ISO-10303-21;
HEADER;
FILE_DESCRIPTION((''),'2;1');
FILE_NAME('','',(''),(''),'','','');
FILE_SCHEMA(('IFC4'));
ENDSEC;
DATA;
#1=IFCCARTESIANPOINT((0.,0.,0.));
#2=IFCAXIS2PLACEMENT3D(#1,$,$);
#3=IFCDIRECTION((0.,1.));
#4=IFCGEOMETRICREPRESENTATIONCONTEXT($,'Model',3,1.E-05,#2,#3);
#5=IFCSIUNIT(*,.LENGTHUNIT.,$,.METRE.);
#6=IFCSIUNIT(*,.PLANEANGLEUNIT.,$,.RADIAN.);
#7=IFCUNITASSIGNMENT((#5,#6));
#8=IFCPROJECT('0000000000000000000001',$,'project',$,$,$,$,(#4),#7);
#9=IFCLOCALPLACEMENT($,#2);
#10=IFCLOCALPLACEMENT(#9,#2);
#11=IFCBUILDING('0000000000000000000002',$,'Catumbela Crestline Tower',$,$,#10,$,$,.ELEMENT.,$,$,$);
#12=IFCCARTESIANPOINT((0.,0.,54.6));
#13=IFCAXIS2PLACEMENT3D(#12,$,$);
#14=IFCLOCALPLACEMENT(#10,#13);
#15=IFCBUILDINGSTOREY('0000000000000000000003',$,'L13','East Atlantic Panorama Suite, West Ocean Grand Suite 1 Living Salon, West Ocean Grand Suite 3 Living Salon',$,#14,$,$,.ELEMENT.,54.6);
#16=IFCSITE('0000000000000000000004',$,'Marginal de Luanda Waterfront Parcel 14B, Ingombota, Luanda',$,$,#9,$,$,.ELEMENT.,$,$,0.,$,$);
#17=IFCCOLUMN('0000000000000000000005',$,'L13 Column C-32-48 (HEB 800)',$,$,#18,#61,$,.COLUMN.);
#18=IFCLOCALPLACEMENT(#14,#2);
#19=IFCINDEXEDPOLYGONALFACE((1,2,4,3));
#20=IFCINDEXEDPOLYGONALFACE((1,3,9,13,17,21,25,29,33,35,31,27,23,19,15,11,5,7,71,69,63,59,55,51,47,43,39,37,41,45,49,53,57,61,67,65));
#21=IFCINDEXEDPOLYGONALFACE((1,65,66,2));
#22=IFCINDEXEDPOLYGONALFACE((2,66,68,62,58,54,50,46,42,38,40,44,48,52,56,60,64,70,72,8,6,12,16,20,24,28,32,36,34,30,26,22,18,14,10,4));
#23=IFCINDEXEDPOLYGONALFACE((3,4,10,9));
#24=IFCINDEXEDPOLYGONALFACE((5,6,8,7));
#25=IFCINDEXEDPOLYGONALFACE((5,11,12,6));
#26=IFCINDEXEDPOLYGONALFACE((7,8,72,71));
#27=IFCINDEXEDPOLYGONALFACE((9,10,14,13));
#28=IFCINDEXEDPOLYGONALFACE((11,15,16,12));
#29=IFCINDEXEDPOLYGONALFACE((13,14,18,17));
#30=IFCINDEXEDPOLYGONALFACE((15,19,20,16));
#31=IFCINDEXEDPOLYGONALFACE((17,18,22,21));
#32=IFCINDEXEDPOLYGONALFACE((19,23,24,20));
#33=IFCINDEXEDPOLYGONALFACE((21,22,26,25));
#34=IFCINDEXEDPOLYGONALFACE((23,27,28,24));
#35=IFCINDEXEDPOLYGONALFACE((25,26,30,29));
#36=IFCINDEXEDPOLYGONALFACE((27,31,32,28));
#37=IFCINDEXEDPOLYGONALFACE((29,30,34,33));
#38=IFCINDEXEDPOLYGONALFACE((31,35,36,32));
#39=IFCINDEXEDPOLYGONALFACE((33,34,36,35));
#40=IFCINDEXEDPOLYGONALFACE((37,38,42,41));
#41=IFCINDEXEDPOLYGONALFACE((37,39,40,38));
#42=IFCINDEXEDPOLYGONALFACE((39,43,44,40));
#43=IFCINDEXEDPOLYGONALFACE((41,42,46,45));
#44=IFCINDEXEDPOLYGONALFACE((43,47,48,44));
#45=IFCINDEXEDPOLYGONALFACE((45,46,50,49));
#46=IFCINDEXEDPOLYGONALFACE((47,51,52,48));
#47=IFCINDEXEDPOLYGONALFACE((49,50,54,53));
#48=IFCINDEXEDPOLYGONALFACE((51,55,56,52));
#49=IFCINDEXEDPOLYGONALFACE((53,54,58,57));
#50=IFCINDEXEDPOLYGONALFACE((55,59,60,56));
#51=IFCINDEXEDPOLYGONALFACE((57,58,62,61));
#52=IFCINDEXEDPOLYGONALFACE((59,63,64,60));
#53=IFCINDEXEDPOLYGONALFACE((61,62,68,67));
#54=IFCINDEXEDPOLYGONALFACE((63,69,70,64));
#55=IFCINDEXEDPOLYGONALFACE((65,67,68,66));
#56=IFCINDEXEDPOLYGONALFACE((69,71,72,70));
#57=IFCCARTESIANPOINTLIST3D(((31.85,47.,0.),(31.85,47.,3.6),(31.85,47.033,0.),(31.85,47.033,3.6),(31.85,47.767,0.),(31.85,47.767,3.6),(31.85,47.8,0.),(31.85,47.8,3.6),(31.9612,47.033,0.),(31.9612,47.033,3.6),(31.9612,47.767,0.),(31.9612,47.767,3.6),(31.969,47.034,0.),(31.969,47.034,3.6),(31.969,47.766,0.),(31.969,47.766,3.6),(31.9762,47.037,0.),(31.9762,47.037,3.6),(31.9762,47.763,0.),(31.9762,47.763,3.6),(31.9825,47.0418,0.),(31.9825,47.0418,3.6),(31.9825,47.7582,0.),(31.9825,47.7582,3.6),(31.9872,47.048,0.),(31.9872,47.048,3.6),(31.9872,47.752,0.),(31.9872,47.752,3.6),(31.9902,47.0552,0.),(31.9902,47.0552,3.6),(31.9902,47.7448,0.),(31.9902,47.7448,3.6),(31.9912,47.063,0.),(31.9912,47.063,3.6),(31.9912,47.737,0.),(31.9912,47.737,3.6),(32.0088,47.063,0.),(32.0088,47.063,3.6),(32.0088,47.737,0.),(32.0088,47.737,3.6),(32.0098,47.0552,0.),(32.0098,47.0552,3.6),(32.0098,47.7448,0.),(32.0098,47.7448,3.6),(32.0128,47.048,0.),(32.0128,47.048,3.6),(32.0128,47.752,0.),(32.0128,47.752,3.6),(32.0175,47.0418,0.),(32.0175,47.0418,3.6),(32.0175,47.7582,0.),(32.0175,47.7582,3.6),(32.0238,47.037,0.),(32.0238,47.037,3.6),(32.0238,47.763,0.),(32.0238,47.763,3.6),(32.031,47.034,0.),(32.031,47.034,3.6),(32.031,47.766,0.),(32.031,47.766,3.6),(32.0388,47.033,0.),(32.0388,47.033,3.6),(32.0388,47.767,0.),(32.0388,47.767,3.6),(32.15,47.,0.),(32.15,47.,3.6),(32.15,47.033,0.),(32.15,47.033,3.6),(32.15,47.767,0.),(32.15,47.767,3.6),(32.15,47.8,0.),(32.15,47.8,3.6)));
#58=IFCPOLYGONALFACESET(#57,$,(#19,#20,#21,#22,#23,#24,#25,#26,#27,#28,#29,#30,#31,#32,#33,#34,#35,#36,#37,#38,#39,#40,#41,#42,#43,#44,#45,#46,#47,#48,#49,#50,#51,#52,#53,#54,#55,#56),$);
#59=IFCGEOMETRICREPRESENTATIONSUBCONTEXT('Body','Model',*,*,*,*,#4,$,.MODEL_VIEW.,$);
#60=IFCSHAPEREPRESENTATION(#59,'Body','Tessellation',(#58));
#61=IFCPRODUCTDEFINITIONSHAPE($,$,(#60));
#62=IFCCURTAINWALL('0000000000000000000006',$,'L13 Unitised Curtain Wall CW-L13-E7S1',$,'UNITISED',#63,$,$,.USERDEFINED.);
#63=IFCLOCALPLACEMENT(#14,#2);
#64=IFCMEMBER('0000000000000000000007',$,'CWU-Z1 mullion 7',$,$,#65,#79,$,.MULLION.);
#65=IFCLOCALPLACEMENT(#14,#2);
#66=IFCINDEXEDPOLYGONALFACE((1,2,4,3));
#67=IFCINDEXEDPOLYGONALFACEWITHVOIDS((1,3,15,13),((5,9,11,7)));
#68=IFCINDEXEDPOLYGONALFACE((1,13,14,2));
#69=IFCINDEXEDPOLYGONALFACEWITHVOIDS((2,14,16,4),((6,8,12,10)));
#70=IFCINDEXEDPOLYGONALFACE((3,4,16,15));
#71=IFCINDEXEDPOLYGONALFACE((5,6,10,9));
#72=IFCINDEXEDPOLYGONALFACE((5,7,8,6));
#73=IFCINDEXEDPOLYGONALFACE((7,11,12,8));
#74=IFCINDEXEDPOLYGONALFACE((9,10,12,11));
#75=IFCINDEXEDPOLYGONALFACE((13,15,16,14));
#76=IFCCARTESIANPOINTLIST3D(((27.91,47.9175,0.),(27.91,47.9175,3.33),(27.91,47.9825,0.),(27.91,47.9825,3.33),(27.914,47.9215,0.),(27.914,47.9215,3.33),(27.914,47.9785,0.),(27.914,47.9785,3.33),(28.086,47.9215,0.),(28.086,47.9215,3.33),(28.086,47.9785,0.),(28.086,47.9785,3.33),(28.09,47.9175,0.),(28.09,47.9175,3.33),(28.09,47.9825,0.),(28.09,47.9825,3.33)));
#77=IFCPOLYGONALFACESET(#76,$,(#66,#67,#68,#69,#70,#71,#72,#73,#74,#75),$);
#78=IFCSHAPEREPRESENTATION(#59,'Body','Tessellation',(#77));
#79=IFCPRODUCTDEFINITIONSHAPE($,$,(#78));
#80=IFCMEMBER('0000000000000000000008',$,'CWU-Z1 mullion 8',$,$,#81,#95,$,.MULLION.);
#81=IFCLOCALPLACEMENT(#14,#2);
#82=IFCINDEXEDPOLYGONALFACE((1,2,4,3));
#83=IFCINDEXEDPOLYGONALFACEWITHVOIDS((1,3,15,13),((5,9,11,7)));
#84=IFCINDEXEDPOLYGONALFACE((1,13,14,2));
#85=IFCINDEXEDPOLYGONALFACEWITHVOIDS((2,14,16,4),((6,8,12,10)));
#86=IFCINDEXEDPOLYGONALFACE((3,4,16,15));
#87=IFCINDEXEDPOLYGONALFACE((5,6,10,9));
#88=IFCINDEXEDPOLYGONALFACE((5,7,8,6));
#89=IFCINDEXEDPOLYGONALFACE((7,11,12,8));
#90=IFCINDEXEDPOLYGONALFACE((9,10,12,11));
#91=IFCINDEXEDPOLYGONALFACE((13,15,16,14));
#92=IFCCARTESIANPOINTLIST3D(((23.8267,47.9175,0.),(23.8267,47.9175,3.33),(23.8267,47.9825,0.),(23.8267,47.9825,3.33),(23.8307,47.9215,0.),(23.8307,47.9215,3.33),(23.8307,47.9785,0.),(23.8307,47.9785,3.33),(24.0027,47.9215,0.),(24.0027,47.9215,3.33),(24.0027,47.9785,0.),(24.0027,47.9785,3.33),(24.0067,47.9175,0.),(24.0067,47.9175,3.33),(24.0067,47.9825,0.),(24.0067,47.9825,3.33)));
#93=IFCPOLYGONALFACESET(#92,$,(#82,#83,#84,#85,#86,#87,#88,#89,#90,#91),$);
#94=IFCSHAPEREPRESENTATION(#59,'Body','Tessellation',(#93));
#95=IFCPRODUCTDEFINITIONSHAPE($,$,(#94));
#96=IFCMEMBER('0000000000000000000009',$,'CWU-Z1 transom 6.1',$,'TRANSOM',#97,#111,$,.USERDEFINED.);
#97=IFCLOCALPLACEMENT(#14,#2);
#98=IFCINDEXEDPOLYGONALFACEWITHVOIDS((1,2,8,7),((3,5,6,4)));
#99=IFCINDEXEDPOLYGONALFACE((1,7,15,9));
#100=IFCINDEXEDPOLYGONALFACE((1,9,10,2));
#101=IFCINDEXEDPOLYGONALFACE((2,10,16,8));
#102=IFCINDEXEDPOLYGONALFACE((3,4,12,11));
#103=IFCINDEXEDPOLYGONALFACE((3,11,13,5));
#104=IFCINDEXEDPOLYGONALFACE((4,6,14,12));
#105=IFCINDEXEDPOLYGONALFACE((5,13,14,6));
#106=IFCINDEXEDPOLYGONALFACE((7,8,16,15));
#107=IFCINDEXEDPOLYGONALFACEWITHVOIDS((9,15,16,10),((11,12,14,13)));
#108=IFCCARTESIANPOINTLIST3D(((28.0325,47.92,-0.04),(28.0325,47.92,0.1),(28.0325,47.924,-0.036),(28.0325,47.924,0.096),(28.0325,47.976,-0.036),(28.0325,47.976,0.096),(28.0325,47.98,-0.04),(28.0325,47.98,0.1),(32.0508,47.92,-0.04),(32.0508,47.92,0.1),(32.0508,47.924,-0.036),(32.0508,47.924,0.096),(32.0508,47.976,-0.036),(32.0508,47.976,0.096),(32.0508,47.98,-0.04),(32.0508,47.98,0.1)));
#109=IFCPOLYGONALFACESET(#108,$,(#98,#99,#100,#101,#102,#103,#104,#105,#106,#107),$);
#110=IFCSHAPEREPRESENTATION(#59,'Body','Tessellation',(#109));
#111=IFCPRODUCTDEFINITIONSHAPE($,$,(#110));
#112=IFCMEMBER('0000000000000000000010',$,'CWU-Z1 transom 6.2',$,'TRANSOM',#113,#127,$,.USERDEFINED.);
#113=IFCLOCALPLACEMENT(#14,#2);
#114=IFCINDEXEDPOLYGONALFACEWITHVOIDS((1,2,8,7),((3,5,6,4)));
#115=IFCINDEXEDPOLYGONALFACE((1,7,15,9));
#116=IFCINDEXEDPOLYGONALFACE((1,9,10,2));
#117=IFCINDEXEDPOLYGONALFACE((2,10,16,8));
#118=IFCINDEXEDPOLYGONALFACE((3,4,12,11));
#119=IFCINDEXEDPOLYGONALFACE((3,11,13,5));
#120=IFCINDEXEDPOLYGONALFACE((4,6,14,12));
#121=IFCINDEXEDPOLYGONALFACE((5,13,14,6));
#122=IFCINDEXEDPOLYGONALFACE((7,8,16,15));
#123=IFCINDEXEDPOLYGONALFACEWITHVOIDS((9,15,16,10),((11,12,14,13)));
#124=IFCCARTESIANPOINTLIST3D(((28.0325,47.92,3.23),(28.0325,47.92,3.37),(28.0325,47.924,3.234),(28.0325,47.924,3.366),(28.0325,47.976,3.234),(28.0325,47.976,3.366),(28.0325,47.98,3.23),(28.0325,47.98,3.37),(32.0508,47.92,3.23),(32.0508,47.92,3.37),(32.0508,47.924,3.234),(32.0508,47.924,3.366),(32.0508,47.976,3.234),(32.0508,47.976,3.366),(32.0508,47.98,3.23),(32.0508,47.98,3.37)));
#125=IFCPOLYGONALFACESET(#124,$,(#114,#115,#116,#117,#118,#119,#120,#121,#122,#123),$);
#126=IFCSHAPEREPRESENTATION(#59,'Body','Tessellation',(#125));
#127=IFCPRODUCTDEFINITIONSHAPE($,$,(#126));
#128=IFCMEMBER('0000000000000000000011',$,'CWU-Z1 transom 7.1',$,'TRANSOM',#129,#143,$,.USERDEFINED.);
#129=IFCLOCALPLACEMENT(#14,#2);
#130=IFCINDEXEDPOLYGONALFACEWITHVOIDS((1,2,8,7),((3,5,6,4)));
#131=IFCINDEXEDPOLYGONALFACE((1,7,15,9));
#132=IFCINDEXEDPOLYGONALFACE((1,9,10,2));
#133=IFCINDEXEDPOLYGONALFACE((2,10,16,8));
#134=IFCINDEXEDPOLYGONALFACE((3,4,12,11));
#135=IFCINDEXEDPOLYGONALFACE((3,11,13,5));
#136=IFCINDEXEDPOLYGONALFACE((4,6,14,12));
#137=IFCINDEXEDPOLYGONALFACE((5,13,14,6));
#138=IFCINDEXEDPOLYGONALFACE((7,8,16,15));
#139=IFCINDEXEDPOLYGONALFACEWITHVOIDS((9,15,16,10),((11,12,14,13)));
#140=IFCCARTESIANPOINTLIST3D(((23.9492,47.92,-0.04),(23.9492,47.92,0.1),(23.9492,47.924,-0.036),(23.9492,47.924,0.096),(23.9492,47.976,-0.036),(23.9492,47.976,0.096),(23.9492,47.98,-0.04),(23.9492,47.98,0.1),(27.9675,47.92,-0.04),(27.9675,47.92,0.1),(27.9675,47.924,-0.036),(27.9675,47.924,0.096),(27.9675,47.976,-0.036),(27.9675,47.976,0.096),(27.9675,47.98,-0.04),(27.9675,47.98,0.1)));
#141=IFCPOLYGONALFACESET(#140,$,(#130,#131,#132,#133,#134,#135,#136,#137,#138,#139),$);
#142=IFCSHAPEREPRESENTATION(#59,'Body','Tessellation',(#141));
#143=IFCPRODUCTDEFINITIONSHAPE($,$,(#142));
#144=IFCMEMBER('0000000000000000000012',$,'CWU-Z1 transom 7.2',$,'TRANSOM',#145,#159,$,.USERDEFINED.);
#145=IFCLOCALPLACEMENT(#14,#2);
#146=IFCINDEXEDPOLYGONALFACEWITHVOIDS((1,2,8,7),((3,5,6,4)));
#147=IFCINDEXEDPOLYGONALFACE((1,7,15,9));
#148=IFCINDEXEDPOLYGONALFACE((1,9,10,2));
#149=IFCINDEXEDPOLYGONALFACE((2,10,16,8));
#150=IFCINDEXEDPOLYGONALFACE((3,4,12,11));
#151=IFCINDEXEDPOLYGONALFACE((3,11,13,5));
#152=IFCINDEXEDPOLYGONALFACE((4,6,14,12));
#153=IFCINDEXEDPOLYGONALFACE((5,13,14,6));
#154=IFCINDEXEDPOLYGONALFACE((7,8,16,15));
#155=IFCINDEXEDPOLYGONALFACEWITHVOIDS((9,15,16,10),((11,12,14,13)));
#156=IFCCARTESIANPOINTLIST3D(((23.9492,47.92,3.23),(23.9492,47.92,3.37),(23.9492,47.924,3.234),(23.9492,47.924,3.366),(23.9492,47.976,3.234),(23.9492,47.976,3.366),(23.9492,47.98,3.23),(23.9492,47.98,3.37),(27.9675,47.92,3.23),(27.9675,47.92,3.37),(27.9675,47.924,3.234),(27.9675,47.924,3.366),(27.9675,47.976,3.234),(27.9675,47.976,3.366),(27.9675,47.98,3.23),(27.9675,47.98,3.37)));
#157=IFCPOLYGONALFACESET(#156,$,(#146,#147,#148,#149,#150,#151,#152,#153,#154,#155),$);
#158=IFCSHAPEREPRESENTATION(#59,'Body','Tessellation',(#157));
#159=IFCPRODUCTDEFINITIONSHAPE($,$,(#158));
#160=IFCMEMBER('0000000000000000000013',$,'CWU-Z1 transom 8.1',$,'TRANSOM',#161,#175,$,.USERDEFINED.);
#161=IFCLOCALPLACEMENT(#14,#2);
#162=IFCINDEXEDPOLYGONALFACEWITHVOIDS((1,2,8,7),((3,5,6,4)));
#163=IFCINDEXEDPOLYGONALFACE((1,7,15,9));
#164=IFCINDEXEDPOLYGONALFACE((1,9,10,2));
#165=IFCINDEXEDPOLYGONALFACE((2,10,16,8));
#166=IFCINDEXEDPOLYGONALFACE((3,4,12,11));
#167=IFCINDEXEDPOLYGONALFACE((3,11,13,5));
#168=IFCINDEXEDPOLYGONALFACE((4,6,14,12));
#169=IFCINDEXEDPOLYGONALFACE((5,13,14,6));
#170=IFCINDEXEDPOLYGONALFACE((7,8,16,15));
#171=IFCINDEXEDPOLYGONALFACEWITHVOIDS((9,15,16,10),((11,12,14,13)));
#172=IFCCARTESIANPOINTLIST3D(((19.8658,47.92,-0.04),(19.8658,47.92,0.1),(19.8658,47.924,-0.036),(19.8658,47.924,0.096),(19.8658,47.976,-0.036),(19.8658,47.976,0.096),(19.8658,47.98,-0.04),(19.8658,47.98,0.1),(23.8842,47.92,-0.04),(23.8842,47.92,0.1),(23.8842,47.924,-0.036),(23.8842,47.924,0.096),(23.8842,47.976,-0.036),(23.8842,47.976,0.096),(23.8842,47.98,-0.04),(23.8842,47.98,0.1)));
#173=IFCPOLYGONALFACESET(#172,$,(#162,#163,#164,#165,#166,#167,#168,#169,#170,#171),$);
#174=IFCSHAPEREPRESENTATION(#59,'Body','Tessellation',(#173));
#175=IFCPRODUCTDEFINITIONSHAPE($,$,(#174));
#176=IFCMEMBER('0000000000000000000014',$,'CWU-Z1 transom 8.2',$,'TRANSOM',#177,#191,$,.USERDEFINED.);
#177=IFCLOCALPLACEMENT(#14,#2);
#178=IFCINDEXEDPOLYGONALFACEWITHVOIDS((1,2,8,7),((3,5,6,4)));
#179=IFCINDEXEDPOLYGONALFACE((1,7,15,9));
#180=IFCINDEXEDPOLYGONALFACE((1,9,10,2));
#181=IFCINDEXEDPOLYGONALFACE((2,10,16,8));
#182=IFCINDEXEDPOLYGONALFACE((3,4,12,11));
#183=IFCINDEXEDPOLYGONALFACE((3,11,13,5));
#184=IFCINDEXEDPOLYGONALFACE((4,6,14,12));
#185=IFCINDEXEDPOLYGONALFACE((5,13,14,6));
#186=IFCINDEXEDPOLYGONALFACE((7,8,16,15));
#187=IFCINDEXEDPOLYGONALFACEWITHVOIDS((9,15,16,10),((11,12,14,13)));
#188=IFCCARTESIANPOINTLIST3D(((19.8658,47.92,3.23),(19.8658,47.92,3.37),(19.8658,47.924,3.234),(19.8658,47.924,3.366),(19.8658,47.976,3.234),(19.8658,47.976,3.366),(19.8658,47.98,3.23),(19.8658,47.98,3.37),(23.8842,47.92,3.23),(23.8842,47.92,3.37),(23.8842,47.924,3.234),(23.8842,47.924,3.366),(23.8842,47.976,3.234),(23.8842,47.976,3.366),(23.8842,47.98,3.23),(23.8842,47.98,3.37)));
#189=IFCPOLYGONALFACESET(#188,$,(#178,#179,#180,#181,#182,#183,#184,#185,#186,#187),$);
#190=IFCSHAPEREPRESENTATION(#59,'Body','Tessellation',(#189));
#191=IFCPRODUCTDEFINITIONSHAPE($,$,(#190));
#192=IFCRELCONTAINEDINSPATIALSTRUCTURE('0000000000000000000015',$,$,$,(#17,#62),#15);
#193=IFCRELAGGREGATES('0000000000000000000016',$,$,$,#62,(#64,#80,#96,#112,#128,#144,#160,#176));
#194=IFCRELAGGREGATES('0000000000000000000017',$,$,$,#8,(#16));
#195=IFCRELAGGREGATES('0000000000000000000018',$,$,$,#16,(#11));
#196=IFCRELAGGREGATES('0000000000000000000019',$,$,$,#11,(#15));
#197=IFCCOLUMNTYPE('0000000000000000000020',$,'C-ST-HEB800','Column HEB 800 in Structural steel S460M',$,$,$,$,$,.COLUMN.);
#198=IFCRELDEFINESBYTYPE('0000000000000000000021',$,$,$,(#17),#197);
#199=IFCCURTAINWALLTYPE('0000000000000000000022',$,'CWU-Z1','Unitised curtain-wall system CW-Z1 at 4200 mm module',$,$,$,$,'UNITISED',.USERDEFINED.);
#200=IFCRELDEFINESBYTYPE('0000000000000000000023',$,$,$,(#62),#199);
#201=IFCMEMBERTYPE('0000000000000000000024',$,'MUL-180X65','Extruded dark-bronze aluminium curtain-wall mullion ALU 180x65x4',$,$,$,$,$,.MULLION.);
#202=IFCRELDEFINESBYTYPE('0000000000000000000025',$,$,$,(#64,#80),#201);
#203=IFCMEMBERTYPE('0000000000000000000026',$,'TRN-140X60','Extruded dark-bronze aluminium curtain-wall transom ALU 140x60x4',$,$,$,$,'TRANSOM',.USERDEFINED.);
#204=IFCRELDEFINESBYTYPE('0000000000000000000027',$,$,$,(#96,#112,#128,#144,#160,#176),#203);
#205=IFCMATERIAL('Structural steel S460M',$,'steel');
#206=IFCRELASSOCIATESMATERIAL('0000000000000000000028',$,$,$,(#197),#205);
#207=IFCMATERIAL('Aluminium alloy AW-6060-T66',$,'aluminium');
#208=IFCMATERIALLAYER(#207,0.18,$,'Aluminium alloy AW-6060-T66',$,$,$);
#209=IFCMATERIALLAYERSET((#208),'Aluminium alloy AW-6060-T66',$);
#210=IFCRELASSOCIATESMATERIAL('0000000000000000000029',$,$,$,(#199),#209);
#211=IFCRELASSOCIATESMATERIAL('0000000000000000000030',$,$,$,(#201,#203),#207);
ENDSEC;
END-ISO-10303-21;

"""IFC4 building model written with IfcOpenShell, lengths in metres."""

from ifc_helpers import new_model, si_unit, direction, frame, origin, origin_2d, place, context, subcontext, project, spatial, hollow_rectangle, i_section, extrude, material, layer, layer_set, material_profile, profile_set, type_object, element, aggregate, save


model = new_model("IFC4")

# Units and contexts
model_context = context("Model", 3, precision=1e-05, world=origin(), true_north=direction((0.0, 1.0)))
body_context = subcontext(model_context, "Body", "Model", "MODEL_VIEW")
ifc_project = project(units=[si_unit("LENGTHUNIT", "METRE"), si_unit("PLANEANGLEUNIT", "RADIAN")], contexts=[model_context])

# Site, building, storey
site_placement = place(None, origin())
site = spatial("IfcSite", under=ifc_project, at=site_placement, Name="Marginal de Luanda Waterfront Parcel 14B, Ingombota, Luanda", CompositionType="ELEMENT", RefElevation=0.0)
building_placement = place(site_placement, origin())
building = spatial("IfcBuilding", under=site, at=building_placement, Name="Catumbela Crestline Tower", CompositionType="ELEMENT")
storey_placement = place(building_placement, frame((0.0, 0.0, 54.6)))
storey = spatial("IfcBuildingStorey", under=building, at=storey_placement, Name="L13", Description="East Atlantic Panorama Suite, West Ocean Grand Suite 1 Living Salon, West Ocean Grand Suite 3 Living Salon", CompositionType="ELEMENT", Elevation=54.6)

# Column
ifc_material_1 = material(Name="Structural steel S460M", Category="steel")
ifc_material_profile_1 = material_profile(ifc_material_1, i_section(OverallWidth=0.3, OverallDepth=0.8, WebThickness=0.0175, FlangeThickness=0.033, FilletRadius=0.03, at=origin_2d()), Name="HEB 800")
ifc_profile_set_1 = profile_set([ifc_material_profile_1], Name="Structural steel S460M")
column_type = type_object("IfcColumnType", Name="C-ST-HEB800", Description="Column HEB 800 in Structural steel S460M", PredefinedType="COLUMN", material=ifc_profile_set_1)
column_placement = place(storey_placement, frame((32.0, 47.4, 0.0), z_axis=(0.0, 0.0, 1.0), x_axis=(1.0, 0.0, 0.0)))
element("IfcColumn", 1, at=column_placement, inside=storey, type_object=column_type, Name="L13 Column C-32-48 (HEB 800)", PredefinedType="COLUMN", context=body_context, shape_type="SweptSolid", body=[
    extrude(i_section(OverallWidth=0.3, OverallDepth=0.8, WebThickness=0.0175, FlangeThickness=0.033, FilletRadius=0.03, at=origin_2d()), origin(), (0.0, 0.0, 1.0), 3.6),
])

# Curtain wall, members
ifc_material_2 = material(Name="Aluminium alloy AW-6060-T66", Category="aluminium")
ifc_layer_1 = layer(ifc_material_2, 0.18, Name="Aluminium alloy AW-6060-T66")
ifc_layer_set_1 = layer_set([ifc_layer_1], Name="Aluminium alloy AW-6060-T66")
curtain_wall_type = type_object("IfcCurtainWallType", Name="CWU-Z1", Description="Unitised curtain-wall system CW-Z1 at 4200 mm module", ElementType="UNITISED", PredefinedType="USERDEFINED", material=ifc_layer_set_1)
curtain_wall_placement = place(storey_placement, origin())
curtain_wall = element("IfcCurtainWall", 2, at=curtain_wall_placement, inside=storey, type_object=curtain_wall_type, Name="L13 Unitised Curtain Wall CW-L13-E7S1", ObjectType="UNITISED", PredefinedType="USERDEFINED")
ifc_material_profile_2 = material_profile(ifc_material_2, hollow_rectangle(XDim=0.065, YDim=0.18, WallThickness=0.004, at=origin_2d()), Name="ALU 180x65x4")
ifc_profile_set_2 = profile_set([ifc_material_profile_2], Name="Aluminium alloy AW-6060-T66")
member_type_1 = type_object("IfcMemberType", Name="MUL-180X65", Description="Extruded dark-bronze aluminium curtain-wall mullion ALU 180x65x4", PredefinedType="MULLION", material=ifc_profile_set_2)
member_1_placement = place(storey_placement, frame((28.0, 47.95, 0.0), z_axis=(0.0, 0.0, 1.0), x_axis=(0.0, -1.0, 0.0)))
member_1 = element("IfcMember", 3, at=member_1_placement, type_object=member_type_1, Name="CWU-Z1 mullion 7", PredefinedType="MULLION", context=body_context, shape_type="SweptSolid", body=[
    extrude(hollow_rectangle(XDim=0.065, YDim=0.18, WallThickness=0.004, at=origin_2d()), origin(), (0.0, 0.0, 1.0), 3.33),
])
member_2_placement = place(storey_placement, frame((23.9167, 47.95, 0.0), z_axis=(0.0, 0.0, 1.0), x_axis=(0.0, -1.0, 0.0)))
member_2 = element("IfcMember", 4, at=member_2_placement, type_object=member_type_1, Name="CWU-Z1 mullion 8", PredefinedType="MULLION", context=body_context, shape_type="SweptSolid", body=[
    extrude(hollow_rectangle(XDim=0.065, YDim=0.18, WallThickness=0.004, at=origin_2d()), origin(), (0.0, 0.0, 1.0), 3.33),
])
ifc_material_profile_3 = material_profile(ifc_material_2, hollow_rectangle(XDim=0.06, YDim=0.14, WallThickness=0.004, at=origin_2d()), Name="ALU 140x60x4")
ifc_profile_set_3 = profile_set([ifc_material_profile_3], Name="Aluminium alloy AW-6060-T66")
member_type_2 = type_object("IfcMemberType", Name="TRN-140X60", Description="Extruded dark-bronze aluminium curtain-wall transom ALU 140x60x4", ElementType="TRANSOM", PredefinedType="USERDEFINED", material=ifc_profile_set_3)
member_3_placement = place(storey_placement, frame((32.0508, 47.95, 0.03), z_axis=(-1.0, 0.0, 0.0), x_axis=(0.0, -1.0, 0.0)))
member_3 = element("IfcMember", 5, at=member_3_placement, type_object=member_type_2, Name="CWU-Z1 transom 6.1", ObjectType="TRANSOM", PredefinedType="USERDEFINED", context=body_context, shape_type="SweptSolid", body=[
    extrude(hollow_rectangle(XDim=0.06, YDim=0.14, WallThickness=0.004, at=origin_2d()), origin(), (0.0, 0.0, 1.0), 4.0183),
])
member_4_placement = place(storey_placement, frame((32.0508, 47.95, 3.3), z_axis=(-1.0, 0.0, 0.0), x_axis=(0.0, -1.0, 0.0)))
member_4 = element("IfcMember", 6, at=member_4_placement, type_object=member_type_2, Name="CWU-Z1 transom 6.2", ObjectType="TRANSOM", PredefinedType="USERDEFINED", context=body_context, shape_type="SweptSolid", body=[
    extrude(hollow_rectangle(XDim=0.06, YDim=0.14, WallThickness=0.004, at=origin_2d()), origin(), (0.0, 0.0, 1.0), 4.0183),
])
member_5_placement = place(storey_placement, frame((27.9675, 47.95, 0.03), z_axis=(-1.0, 0.0, 0.0), x_axis=(0.0, -1.0, 0.0)))
member_5 = element("IfcMember", 7, at=member_5_placement, type_object=member_type_2, Name="CWU-Z1 transom 7.1", ObjectType="TRANSOM", PredefinedType="USERDEFINED", context=body_context, shape_type="SweptSolid", body=[
    extrude(hollow_rectangle(XDim=0.06, YDim=0.14, WallThickness=0.004, at=origin_2d()), origin(), (0.0, 0.0, 1.0), 4.0183),
])
member_6_placement = place(storey_placement, frame((27.9675, 47.95, 3.3), z_axis=(-1.0, 0.0, 0.0), x_axis=(0.0, -1.0, 0.0)))
member_6 = element("IfcMember", 8, at=member_6_placement, type_object=member_type_2, Name="CWU-Z1 transom 7.2", ObjectType="TRANSOM", PredefinedType="USERDEFINED", context=body_context, shape_type="SweptSolid", body=[
    extrude(hollow_rectangle(XDim=0.06, YDim=0.14, WallThickness=0.004, at=origin_2d()), origin(), (0.0, 0.0, 1.0), 4.0183),
])
member_7_placement = place(storey_placement, frame((23.8842, 47.95, 0.03), z_axis=(-1.0, 0.0, 0.0), x_axis=(0.0, -1.0, 0.0)))
member_7 = element("IfcMember", 9, at=member_7_placement, type_object=member_type_2, Name="CWU-Z1 transom 8.1", ObjectType="TRANSOM", PredefinedType="USERDEFINED", context=body_context, shape_type="SweptSolid", body=[
    extrude(hollow_rectangle(XDim=0.06, YDim=0.14, WallThickness=0.004, at=origin_2d()), origin(), (0.0, 0.0, 1.0), 4.0184),
])
member_8_placement = place(storey_placement, frame((23.8842, 47.95, 3.3), z_axis=(-1.0, 0.0, 0.0), x_axis=(0.0, -1.0, 0.0)))
member_8 = element("IfcMember", 10, at=member_8_placement, type_object=member_type_2, Name="CWU-Z1 transom 8.2", ObjectType="TRANSOM", PredefinedType="USERDEFINED", context=body_context, shape_type="SweptSolid", body=[
    extrude(hollow_rectangle(XDim=0.06, YDim=0.14, WallThickness=0.004, at=origin_2d()), origin(), (0.0, 0.0, 1.0), 4.0184),
])
aggregate(curtain_wall, [member_1, member_2, member_3, member_4, member_5, member_6, member_7, member_8])

save(model, "model.ifc")
